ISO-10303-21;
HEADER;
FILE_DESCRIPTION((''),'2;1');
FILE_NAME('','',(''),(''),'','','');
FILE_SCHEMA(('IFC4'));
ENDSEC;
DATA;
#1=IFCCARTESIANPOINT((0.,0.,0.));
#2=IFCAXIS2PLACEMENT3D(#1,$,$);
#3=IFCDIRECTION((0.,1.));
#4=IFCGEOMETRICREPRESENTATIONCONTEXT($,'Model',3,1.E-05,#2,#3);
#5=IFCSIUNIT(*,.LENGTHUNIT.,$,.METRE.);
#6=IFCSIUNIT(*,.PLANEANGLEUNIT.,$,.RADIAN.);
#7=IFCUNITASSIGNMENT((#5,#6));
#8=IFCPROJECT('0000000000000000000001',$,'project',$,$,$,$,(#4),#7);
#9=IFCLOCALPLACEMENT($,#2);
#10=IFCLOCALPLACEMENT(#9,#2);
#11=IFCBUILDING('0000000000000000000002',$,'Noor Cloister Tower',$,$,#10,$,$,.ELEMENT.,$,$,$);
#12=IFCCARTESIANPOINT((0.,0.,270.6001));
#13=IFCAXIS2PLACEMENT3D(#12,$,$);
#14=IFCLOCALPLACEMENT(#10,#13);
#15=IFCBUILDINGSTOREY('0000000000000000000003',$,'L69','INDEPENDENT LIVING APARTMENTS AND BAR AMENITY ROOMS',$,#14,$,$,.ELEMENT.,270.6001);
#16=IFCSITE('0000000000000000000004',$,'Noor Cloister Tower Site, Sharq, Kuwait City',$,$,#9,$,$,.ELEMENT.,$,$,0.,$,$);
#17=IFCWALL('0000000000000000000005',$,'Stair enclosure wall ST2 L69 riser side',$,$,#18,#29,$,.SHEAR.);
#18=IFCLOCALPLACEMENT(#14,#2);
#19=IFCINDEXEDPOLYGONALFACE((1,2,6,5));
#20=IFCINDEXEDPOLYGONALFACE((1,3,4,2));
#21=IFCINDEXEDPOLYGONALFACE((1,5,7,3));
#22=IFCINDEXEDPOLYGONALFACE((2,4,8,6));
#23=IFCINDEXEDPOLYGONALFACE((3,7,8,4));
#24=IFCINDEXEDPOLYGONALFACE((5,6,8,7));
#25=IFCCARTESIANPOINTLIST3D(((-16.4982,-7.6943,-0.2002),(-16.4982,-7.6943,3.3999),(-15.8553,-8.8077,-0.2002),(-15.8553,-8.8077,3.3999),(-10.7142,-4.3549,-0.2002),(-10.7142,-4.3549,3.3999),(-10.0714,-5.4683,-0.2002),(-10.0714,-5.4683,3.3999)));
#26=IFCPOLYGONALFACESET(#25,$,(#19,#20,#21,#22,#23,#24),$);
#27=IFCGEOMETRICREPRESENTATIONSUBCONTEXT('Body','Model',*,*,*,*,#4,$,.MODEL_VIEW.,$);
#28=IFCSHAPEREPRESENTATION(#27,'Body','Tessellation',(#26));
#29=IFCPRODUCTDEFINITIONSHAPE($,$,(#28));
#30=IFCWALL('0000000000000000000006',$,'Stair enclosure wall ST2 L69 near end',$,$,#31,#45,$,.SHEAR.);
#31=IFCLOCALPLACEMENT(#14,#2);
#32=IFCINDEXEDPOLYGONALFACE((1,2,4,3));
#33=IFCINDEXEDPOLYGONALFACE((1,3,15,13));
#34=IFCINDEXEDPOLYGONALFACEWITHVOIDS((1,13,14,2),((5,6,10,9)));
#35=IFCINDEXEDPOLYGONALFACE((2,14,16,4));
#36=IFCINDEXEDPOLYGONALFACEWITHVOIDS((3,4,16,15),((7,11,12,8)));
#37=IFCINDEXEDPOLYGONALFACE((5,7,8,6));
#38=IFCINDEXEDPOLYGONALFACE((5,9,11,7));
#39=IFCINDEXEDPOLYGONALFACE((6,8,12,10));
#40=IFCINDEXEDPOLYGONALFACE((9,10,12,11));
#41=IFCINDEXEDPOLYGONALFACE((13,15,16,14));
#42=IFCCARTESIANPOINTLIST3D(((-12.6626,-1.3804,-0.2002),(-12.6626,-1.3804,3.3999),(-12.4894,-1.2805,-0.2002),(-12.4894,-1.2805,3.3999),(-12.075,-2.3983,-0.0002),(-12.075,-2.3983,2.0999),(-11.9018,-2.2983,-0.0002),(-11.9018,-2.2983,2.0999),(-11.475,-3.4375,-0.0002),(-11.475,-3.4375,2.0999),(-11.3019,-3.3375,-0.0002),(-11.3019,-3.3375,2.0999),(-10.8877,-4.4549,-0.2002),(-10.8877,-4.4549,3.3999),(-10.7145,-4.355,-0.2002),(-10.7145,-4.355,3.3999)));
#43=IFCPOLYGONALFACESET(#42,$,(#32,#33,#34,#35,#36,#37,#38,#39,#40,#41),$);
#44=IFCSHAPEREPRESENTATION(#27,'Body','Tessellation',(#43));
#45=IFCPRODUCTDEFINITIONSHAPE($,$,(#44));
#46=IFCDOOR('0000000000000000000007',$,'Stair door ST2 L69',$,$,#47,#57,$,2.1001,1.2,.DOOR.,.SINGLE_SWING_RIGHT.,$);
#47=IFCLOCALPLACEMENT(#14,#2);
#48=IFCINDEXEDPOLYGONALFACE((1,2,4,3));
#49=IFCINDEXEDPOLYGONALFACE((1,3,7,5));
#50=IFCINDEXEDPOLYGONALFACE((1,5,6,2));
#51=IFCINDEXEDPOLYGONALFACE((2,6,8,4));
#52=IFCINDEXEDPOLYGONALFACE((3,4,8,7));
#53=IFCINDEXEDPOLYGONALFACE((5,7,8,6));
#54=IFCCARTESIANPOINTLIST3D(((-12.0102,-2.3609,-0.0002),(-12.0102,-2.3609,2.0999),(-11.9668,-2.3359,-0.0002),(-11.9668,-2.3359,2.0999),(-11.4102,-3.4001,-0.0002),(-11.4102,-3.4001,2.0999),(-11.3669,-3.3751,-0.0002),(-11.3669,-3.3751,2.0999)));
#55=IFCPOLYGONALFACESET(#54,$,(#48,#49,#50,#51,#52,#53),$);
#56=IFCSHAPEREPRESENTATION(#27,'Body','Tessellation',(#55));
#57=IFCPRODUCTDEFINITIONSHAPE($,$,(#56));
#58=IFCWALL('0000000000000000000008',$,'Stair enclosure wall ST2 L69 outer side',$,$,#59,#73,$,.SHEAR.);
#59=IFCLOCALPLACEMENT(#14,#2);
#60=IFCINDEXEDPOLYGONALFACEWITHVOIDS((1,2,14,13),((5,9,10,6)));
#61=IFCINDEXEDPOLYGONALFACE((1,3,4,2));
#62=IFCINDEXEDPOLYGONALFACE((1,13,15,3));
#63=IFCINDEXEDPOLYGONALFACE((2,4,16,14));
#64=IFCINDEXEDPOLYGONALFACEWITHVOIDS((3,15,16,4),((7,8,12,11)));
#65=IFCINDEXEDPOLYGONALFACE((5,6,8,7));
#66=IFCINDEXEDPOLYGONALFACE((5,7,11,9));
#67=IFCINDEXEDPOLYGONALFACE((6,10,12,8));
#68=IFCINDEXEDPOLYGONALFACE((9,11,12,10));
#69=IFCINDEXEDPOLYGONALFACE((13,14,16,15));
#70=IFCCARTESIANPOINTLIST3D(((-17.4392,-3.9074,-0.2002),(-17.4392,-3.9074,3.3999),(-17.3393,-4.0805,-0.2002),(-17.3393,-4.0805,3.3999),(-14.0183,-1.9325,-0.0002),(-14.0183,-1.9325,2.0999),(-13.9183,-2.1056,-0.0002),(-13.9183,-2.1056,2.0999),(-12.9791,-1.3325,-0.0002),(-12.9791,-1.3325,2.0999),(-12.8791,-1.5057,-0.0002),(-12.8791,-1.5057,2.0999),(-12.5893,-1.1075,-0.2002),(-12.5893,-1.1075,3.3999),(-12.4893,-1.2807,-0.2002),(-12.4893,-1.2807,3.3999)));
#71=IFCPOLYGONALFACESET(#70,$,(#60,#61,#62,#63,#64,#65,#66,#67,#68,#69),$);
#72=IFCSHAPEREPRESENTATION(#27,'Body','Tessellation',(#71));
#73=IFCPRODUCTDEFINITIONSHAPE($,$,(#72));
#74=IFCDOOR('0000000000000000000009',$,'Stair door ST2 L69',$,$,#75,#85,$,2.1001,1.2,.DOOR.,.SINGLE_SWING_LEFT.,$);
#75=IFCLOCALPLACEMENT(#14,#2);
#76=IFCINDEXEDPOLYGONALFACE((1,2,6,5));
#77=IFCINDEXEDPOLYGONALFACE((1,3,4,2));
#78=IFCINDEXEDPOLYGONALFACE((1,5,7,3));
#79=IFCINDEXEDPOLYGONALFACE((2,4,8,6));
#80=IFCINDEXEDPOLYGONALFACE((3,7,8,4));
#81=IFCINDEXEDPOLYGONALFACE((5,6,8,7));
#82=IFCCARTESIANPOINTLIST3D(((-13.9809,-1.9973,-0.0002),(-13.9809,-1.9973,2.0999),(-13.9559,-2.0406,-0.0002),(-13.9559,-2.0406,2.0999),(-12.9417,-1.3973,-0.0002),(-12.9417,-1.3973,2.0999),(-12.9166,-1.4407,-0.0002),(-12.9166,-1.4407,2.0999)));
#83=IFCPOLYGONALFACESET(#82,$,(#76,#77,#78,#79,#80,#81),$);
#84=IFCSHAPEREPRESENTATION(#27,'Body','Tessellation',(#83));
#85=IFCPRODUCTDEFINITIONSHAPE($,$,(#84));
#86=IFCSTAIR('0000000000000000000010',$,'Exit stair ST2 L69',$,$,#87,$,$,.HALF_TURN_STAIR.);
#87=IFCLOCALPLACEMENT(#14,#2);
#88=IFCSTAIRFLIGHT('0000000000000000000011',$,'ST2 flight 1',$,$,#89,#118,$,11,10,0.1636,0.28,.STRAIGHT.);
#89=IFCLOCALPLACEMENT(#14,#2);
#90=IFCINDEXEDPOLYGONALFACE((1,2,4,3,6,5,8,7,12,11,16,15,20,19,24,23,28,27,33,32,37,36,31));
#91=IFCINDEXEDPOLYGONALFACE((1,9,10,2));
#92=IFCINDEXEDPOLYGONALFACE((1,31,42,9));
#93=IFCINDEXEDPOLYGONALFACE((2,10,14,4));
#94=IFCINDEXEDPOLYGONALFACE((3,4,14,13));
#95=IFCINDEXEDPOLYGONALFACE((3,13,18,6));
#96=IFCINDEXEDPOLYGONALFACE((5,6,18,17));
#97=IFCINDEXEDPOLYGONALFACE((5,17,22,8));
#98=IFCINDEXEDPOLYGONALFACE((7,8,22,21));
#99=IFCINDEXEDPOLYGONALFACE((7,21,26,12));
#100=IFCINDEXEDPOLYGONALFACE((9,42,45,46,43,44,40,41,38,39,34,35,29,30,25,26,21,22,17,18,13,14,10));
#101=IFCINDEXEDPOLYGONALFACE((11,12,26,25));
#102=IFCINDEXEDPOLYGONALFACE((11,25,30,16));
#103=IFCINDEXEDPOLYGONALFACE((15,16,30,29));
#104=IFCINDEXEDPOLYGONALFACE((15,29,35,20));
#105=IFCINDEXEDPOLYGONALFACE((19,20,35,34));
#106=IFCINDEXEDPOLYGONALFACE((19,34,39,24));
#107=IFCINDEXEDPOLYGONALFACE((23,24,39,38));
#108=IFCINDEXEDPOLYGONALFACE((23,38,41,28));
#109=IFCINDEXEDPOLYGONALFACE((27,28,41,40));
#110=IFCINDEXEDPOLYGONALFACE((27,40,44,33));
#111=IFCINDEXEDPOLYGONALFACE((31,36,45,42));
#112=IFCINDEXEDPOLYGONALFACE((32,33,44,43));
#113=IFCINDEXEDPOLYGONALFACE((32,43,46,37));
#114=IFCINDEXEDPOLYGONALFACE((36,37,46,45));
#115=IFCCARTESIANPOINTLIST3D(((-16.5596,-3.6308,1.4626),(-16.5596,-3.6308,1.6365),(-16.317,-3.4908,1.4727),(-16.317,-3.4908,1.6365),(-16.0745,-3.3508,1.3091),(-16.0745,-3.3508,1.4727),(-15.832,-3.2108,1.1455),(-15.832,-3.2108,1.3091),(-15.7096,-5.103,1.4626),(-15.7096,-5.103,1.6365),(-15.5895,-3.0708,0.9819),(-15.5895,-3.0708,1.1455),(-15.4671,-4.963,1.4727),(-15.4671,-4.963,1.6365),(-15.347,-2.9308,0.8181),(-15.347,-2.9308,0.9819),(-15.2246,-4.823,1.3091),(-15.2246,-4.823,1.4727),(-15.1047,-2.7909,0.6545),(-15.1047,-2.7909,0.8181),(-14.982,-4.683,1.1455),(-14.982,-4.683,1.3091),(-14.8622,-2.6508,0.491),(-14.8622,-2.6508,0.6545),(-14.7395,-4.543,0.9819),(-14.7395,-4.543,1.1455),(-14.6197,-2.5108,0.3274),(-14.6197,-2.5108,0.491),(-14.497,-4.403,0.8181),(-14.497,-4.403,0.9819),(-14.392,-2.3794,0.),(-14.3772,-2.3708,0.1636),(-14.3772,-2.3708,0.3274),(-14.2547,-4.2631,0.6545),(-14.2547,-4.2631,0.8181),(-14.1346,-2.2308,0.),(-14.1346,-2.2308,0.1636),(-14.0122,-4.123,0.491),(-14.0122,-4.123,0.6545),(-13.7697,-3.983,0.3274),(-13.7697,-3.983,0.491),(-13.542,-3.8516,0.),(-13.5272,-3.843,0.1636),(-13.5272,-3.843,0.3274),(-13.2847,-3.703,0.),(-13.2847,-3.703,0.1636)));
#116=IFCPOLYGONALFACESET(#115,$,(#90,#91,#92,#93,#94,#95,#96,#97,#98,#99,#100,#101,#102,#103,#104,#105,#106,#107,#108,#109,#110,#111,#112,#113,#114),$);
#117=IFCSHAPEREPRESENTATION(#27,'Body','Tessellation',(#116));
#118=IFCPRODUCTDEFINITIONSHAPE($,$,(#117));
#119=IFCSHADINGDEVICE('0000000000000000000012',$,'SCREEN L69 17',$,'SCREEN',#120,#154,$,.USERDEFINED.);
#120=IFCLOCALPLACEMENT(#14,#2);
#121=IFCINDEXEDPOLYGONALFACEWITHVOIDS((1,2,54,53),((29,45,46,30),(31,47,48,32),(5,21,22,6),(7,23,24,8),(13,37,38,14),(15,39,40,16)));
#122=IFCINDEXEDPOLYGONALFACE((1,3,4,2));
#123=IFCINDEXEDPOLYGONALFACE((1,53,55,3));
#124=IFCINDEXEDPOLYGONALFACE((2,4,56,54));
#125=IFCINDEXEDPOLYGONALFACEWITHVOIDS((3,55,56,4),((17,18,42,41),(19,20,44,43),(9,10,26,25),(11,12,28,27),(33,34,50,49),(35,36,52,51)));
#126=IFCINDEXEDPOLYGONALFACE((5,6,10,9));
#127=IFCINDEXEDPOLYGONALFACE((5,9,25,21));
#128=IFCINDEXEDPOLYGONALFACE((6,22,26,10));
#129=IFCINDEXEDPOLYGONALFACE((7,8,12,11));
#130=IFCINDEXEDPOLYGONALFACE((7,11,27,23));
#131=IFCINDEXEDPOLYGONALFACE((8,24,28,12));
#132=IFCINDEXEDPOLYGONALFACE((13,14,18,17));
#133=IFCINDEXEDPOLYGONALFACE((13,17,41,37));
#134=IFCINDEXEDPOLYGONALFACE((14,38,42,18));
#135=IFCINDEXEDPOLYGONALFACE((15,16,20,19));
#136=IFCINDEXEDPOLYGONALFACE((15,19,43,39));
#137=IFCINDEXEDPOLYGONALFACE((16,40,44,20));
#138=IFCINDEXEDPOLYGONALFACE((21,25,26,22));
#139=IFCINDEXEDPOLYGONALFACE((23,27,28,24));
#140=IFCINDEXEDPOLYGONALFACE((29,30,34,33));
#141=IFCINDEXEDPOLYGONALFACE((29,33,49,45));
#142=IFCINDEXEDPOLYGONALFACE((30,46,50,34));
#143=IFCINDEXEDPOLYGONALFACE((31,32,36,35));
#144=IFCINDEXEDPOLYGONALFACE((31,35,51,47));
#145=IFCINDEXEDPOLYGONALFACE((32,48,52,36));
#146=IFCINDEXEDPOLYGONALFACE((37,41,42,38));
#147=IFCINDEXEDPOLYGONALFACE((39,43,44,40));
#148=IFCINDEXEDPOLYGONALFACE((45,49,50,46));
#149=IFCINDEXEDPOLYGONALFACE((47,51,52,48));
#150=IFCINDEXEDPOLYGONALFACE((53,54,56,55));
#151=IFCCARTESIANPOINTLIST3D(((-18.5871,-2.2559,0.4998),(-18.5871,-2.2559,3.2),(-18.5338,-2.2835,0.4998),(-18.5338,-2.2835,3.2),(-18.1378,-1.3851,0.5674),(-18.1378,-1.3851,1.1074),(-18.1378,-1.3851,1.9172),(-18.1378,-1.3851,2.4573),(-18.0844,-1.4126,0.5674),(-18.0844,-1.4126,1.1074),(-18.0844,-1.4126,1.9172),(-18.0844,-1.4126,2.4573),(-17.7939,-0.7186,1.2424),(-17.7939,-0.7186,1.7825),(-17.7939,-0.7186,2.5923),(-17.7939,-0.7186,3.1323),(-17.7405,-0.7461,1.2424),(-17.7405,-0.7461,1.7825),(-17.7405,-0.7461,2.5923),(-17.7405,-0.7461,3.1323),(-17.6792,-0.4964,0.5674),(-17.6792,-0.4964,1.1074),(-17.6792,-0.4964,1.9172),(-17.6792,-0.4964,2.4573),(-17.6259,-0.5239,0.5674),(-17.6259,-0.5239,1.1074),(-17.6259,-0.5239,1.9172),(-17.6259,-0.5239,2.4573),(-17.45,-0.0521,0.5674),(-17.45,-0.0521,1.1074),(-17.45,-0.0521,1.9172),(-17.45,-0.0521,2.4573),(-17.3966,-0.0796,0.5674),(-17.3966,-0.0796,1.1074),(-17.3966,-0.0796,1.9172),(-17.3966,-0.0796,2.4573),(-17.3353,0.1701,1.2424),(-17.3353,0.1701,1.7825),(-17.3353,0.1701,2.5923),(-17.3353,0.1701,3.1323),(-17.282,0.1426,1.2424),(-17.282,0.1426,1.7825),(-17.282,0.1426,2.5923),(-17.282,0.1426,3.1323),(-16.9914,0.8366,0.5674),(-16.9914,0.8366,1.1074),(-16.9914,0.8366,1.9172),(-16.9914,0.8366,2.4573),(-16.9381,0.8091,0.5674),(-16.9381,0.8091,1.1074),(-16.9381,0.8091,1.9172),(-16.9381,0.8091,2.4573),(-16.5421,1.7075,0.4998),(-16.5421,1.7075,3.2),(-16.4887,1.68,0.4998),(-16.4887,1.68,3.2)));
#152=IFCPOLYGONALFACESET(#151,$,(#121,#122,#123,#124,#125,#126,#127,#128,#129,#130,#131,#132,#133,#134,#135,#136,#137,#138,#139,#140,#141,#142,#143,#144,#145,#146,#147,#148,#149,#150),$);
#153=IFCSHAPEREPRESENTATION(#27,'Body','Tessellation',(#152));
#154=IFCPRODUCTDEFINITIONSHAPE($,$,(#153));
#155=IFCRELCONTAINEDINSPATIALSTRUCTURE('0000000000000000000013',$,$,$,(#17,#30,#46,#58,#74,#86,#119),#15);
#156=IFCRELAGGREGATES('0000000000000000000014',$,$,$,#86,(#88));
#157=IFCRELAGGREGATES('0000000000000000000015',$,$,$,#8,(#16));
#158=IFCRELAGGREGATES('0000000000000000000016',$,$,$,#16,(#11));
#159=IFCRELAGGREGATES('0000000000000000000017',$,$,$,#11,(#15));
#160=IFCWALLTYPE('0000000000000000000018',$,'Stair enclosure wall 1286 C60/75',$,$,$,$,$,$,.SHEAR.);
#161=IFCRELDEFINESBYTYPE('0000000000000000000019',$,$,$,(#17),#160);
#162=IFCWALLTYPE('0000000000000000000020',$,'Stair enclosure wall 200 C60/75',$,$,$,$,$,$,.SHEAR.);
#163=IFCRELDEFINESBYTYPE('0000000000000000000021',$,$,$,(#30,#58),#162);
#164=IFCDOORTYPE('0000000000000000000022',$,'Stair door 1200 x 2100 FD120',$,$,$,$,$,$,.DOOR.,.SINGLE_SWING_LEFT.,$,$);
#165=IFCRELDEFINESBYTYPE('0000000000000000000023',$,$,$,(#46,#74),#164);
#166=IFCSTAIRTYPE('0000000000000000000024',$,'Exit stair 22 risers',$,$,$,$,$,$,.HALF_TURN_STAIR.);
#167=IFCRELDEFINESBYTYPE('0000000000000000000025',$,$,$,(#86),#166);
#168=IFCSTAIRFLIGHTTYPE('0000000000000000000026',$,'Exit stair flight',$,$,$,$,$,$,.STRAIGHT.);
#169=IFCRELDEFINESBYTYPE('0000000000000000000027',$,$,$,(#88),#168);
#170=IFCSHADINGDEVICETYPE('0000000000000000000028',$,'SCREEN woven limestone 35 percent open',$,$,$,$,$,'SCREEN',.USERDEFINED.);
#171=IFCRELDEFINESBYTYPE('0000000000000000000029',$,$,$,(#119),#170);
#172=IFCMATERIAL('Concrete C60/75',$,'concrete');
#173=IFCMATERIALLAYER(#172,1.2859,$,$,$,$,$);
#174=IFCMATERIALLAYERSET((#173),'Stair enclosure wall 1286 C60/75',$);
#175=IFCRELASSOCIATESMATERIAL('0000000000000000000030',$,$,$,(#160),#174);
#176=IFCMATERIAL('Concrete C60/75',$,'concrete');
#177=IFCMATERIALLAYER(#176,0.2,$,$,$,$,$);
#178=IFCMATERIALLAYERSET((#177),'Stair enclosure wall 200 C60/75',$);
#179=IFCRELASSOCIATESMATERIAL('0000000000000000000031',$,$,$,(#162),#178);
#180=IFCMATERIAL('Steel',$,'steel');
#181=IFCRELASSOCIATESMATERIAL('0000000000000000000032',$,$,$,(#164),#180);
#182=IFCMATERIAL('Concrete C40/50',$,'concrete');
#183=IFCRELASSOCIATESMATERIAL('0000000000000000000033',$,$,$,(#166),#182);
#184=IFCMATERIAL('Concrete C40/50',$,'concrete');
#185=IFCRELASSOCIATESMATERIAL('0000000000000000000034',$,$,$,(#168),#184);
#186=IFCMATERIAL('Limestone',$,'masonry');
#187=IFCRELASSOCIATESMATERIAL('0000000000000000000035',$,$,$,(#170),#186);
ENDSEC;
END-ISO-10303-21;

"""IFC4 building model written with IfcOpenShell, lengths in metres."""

from ifc_helpers import new_model, si_unit, direction, frame, frame_2d, origin, place, context, subcontext, project, spatial, polyline, rectangle, outline, extrude, material, layer, layer_set, material_profile, profile_set, type_object, element, fill, aggregate, save


model = new_model("IFC4")

# Units and contexts
model_context = context("Model", 3, precision=1e-05, world=origin(), true_north=direction((0.0, 1.0)))
body_context = subcontext(model_context, "Body", "Model", "MODEL_VIEW")
ifc_project = project(units=[si_unit("LENGTHUNIT", "METRE"), si_unit("PLANEANGLEUNIT", "RADIAN")], contexts=[model_context])

# Site, building, storey
site_placement = place(None, origin())
site = spatial("IfcSite", under=ifc_project, at=site_placement, Name="Noor Cloister Tower Site, Sharq, Kuwait City", CompositionType="ELEMENT", RefElevation=0.0)
building_placement = place(site_placement, origin())
building = spatial("IfcBuilding", under=site, at=building_placement, Name="Noor Cloister Tower", CompositionType="ELEMENT")
storey_placement = place(building_placement, frame((0.0, 0.0, 270.6001)))
storey = spatial("IfcBuildingStorey", under=building, at=storey_placement, Name="L69", Description="INDEPENDENT LIVING APARTMENTS AND BAR AMENITY ROOMS", CompositionType="ELEMENT", Elevation=270.6001)

# Wall
ifc_material_1 = material(Name="Concrete C60/75", Category="concrete")
ifc_layer_1 = layer(ifc_material_1, 1.2859)
ifc_layer_set_1 = layer_set([ifc_layer_1], Name="Stair enclosure wall 1286 C60/75")
wall_type_1 = type_object("IfcWallType", Name="Stair enclosure wall 1286 C60/75", PredefinedType="SHEAR", material=ifc_layer_set_1)
wall_1_placement = place(storey_placement, frame((-10.3928, -4.9116, -0.2002), z_axis=(0.0, 0.0, 1.0), x_axis=(-0.866025, -0.5, 0.0)))
element("IfcWall", 1, at=wall_1_placement, inside=storey, type_object=wall_type_1, Name="Stair enclosure wall ST2 L69 riser side", PredefinedType="SHEAR", context=body_context, shape_type="SweptSolid", body=[
    extrude(rectangle(XDim=6.6787, YDim=1.2856, at=frame_2d((3.3394, 0.0))), origin(), (0.0, 0.0, 1.0), 3.6001),
])

# Walls, openings, doors
ifc_material_2 = material(Name="Concrete C60/75", Category="concrete")
ifc_layer_2 = layer(ifc_material_2, 0.2)
ifc_layer_set_2 = layer_set([ifc_layer_2], Name="Stair enclosure wall 200 C60/75")
wall_type_2 = type_object("IfcWallType", Name="Stair enclosure wall 200 C60/75", PredefinedType="SHEAR", material=ifc_layer_set_2)
wall_2_placement = place(storey_placement, frame((-12.5759, -1.3306, -0.2002), z_axis=(0.0, 0.0, 1.0), x_axis=(0.49997, -0.866042, 0.0)))
wall_2 = element("IfcWall", 2, at=wall_2_placement, inside=storey, type_object=wall_type_2, Name="Stair enclosure wall ST2 L69 near end", PredefinedType="SHEAR", context=body_context, shape_type="SweptSolid", body=[
    extrude(rectangle(XDim=3.55, YDim=0.2, at=frame_2d((1.7749, 0.0))), origin(), (0.0, 0.0, 1.0), 3.6001),
])
opening_1_placement = place(wall_2_placement, frame((1.175, 0.0, 0.2)))
opening_1 = element("IfcOpeningElement", 3, at=opening_1_placement, cuts=wall_2, PredefinedType="OPENING", context=body_context, shape_type="SweptSolid", body=[
    extrude(rectangle(XDim=1.2, YDim=2.1001, at=frame_2d((0.6001, 1.05))), frame((0.0, 0.1099, 0.0), z_axis=(0.0, -1.0, 0.0), x_axis=(1.0, 0.0, 0.0)), (0.0, 0.0, 1.0), 0.22),
])
ifc_material_3 = material(Name="Steel", Category="steel")
door_type_1 = type_object("IfcDoorType", Name="Stair door 1200 x 2100 FD120", OperationType="SINGLE_SWING_LEFT", PredefinedType="DOOR", material=ifc_material_3)
door_1_placement = place(opening_1_placement, origin())
door_1 = element("IfcDoor", 4, at=door_1_placement, inside=storey, type_object=door_type_1, Name="Stair door ST2 L69", OperationType="SINGLE_SWING_RIGHT", OverallHeight=2.1001, OverallWidth=1.2, PredefinedType="DOOR", context=body_context, shape_type="SweptSolid", body=[
    extrude(rectangle(XDim=1.2, YDim=2.1001, at=frame_2d((0.6001, 1.05))), frame((0.0, 0.0249, 0.0), z_axis=(0.0, -1.0, 0.0), x_axis=(1.0, 0.0, 0.0)), (0.0, 0.0, 1.0), 0.05),
])
fill(opening_1, door_1)
wall_3_placement = place(storey_placement, frame((-12.5393, -1.1941, -0.2002), z_axis=(0.0, 0.0, 1.0), x_axis=(-0.866045, -0.499965, 0.0)))
wall_3 = element("IfcWall", 5, at=wall_3_placement, inside=storey, type_object=wall_type_2, Name="Stair enclosure wall ST2 L69 outer side", PredefinedType="SHEAR", context=body_context, shape_type="SweptSolid", body=[
    extrude(rectangle(XDim=5.6001, YDim=0.2, at=frame_2d((2.8, 0.0))), origin(), (0.0, 0.0, 1.0), 3.6001),
])
opening_2_placement = place(wall_3_placement, frame((0.45, 0.0, 0.2)))
opening_2 = element("IfcOpeningElement", 6, at=opening_2_placement, cuts=wall_3, PredefinedType="OPENING", context=body_context, shape_type="SweptSolid", body=[
    extrude(rectangle(XDim=1.2, YDim=2.1001, at=frame_2d((0.6001, 1.05))), frame((0.0, 0.1099, 0.0), z_axis=(0.0, -1.0, 0.0), x_axis=(1.0, 0.0, 0.0)), (0.0, 0.0, 1.0), 0.22),
])
door_2_placement = place(opening_2_placement, origin())
door_2 = element("IfcDoor", 7, at=door_2_placement, inside=storey, type_object=door_type_1, Name="Stair door ST2 L69", OperationType="SINGLE_SWING_LEFT", OverallHeight=2.1001, OverallWidth=1.2, PredefinedType="DOOR", context=body_context, shape_type="SweptSolid", body=[
    extrude(rectangle(XDim=1.2, YDim=2.1001, at=frame_2d((0.6001, 1.05))), frame((0.0, 0.0249, 0.0), z_axis=(0.0, -1.0, 0.0), x_axis=(1.0, 0.0, 0.0)), (0.0, 0.0, 1.0), 0.05),
])
fill(opening_2, door_2)

# Stair, stair flight
ifc_material_4 = material(Name="Concrete C40/50", Category="concrete")
stair_type = type_object("IfcStairType", Name="Exit stair 22 risers", PredefinedType="HALF_TURN_STAIR", material=ifc_material_4)
stair_placement = place(storey_placement, origin())
stair = element("IfcStair", 8, at=stair_placement, inside=storey, type_object=stair_type, Name="Exit stair ST2 L69", PredefinedType="HALF_TURN_STAIR")
ifc_material_5 = material(Name="Concrete C40/50", Category="concrete")
stair_flight_type = type_object("IfcStairFlightType", Name="Exit stair flight", PredefinedType="STRAIGHT", material=ifc_material_5)
stair_flight_placement = place(storey_placement, frame((-13.7097, -2.9668, 0.0), z_axis=(0.0, 0.0, 1.0), x_axis=(-0.866025, -0.5, 0.0)))
stair_flight = element("IfcStairFlight", 9, at=stair_flight_placement, type_object=stair_flight_type, Name="ST2 flight 1", NumberOfRisers=11, NumberOfTreads=10, PredefinedType="STRAIGHT", RiserHeight=0.1636, TreadLength=0.28, context=body_context, shape_type="SweptSolid", body=[
    extrude(outline(polyline([(0.0, 0.0), (0.0, 0.1636), (0.28, 0.1636), (0.28, 0.3274), (0.5601, 0.3274), (0.5601, 0.491), (0.8401, 0.491), (0.8401, 0.6545), (1.1201, 0.6545), (1.1201, 0.8181), (1.3999, 0.8181), (1.3999, 0.9819), (1.6799, 0.9819), (1.6799, 1.1455), (1.96, 1.1455), (1.96, 1.3091), (2.24, 1.3091), (2.24, 1.4727), (2.52, 1.4727), (2.52, 1.6365), (2.8, 1.6365), (2.8, 1.8), (2.8, 1.4626), (0.2971, 0.0), (0.0, 0.0)])), frame((0.0, 0.8501, 0.0), z_axis=(0.0, -1.0, 0.0), x_axis=(1.0, 0.0, 0.0)), (0.0, 0.0, 1.0), 1.7),
])
aggregate(stair, [stair_flight])

# Shading device
ifc_material_6 = material(Name="Limestone", Category="masonry")
ifc_material_profile_1 = material_profile(ifc_material_6, outline(polyline([(-2.23, -1.3501), (2.23, -1.3501), (2.23, 1.3501), (-2.23, 1.3501), (-2.23, -1.3501)]), holes=[polyline([(-1.25, -1.2825), (-0.25, -1.2825), (-0.25, -0.7424), (-1.25, -0.7424), (-1.25, -1.2825)]), polyline([(0.25, -1.2825), (1.25, -1.2825), (1.25, -0.7424), (0.25, -0.7424), (0.25, -1.2825)]), polyline([(-0.5, -0.6074), (0.5, -0.6074), (0.5, -0.0674), (-0.5, -0.0674), (-0.5, -0.6074)]), polyline([(-1.25, 0.0674), (-0.25, 0.0674), (-0.25, 0.6074), (-1.25, 0.6074), (-1.25, 0.0674)]), polyline([(0.25, 0.0674), (1.25, 0.0674), (1.25, 0.6074), (0.25, 0.6074), (0.25, 0.0674)]), polyline([(-0.5, 0.7424), (0.5, 0.7424), (0.5, 1.2825), (-0.5, 1.2825), (-0.5, 0.7424)])]), Name="Woven screen 35 percent open")
ifc_profile_set_1 = profile_set([ifc_material_profile_1], Name="Limestone")
shading_device_type = type_object("IfcShadingDeviceType", Name="SCREEN woven limestone 35 percent open", ElementType="SCREEN", PredefinedType="USERDEFINED", material=ifc_profile_set_1)
shading_device_placement = place(storey_placement, frame((-17.5112, -0.3018, 1.8499), z_axis=(-0.888674, 0.45854, 0.0), x_axis=(-0.45854, -0.888674, 0.0)))
element("IfcShadingDevice", 10, at=shading_device_placement, inside=storey, type_object=shading_device_type, Name="SCREEN L69 17", ObjectType="SCREEN", PredefinedType="USERDEFINED", context=body_context, shape_type="SweptSolid", body=[
    extrude(outline(polyline([(-2.23, -1.3501), (2.23, -1.3501), (2.23, 1.3501), (-2.23, 1.3501), (-2.23, -1.3501)]), holes=[polyline([(-1.25, -1.2825), (-0.25, -1.2825), (-0.25, -0.7424), (-1.25, -0.7424), (-1.25, -1.2825)]), polyline([(0.25, -1.2825), (1.25, -1.2825), (1.25, -0.7424), (0.25, -0.7424), (0.25, -1.2825)]), polyline([(-0.5, -0.6074), (0.5, -0.6074), (0.5, -0.0674), (-0.5, -0.0674), (-0.5, -0.6074)]), polyline([(-1.25, 0.0674), (-0.25, 0.0674), (-0.25, 0.6074), (-1.25, 0.6074), (-1.25, 0.0674)]), polyline([(0.25, 0.0674), (1.25, 0.0674), (1.25, 0.6074), (0.25, 0.6074), (0.25, 0.0674)]), polyline([(-0.5, 0.7424), (0.5, 0.7424), (0.5, 1.2825), (-0.5, 1.2825), (-0.5, 0.7424)])]), origin(), (0.0, 0.0, 1.0), 0.0601),
])

save(model, "model.ifc")
